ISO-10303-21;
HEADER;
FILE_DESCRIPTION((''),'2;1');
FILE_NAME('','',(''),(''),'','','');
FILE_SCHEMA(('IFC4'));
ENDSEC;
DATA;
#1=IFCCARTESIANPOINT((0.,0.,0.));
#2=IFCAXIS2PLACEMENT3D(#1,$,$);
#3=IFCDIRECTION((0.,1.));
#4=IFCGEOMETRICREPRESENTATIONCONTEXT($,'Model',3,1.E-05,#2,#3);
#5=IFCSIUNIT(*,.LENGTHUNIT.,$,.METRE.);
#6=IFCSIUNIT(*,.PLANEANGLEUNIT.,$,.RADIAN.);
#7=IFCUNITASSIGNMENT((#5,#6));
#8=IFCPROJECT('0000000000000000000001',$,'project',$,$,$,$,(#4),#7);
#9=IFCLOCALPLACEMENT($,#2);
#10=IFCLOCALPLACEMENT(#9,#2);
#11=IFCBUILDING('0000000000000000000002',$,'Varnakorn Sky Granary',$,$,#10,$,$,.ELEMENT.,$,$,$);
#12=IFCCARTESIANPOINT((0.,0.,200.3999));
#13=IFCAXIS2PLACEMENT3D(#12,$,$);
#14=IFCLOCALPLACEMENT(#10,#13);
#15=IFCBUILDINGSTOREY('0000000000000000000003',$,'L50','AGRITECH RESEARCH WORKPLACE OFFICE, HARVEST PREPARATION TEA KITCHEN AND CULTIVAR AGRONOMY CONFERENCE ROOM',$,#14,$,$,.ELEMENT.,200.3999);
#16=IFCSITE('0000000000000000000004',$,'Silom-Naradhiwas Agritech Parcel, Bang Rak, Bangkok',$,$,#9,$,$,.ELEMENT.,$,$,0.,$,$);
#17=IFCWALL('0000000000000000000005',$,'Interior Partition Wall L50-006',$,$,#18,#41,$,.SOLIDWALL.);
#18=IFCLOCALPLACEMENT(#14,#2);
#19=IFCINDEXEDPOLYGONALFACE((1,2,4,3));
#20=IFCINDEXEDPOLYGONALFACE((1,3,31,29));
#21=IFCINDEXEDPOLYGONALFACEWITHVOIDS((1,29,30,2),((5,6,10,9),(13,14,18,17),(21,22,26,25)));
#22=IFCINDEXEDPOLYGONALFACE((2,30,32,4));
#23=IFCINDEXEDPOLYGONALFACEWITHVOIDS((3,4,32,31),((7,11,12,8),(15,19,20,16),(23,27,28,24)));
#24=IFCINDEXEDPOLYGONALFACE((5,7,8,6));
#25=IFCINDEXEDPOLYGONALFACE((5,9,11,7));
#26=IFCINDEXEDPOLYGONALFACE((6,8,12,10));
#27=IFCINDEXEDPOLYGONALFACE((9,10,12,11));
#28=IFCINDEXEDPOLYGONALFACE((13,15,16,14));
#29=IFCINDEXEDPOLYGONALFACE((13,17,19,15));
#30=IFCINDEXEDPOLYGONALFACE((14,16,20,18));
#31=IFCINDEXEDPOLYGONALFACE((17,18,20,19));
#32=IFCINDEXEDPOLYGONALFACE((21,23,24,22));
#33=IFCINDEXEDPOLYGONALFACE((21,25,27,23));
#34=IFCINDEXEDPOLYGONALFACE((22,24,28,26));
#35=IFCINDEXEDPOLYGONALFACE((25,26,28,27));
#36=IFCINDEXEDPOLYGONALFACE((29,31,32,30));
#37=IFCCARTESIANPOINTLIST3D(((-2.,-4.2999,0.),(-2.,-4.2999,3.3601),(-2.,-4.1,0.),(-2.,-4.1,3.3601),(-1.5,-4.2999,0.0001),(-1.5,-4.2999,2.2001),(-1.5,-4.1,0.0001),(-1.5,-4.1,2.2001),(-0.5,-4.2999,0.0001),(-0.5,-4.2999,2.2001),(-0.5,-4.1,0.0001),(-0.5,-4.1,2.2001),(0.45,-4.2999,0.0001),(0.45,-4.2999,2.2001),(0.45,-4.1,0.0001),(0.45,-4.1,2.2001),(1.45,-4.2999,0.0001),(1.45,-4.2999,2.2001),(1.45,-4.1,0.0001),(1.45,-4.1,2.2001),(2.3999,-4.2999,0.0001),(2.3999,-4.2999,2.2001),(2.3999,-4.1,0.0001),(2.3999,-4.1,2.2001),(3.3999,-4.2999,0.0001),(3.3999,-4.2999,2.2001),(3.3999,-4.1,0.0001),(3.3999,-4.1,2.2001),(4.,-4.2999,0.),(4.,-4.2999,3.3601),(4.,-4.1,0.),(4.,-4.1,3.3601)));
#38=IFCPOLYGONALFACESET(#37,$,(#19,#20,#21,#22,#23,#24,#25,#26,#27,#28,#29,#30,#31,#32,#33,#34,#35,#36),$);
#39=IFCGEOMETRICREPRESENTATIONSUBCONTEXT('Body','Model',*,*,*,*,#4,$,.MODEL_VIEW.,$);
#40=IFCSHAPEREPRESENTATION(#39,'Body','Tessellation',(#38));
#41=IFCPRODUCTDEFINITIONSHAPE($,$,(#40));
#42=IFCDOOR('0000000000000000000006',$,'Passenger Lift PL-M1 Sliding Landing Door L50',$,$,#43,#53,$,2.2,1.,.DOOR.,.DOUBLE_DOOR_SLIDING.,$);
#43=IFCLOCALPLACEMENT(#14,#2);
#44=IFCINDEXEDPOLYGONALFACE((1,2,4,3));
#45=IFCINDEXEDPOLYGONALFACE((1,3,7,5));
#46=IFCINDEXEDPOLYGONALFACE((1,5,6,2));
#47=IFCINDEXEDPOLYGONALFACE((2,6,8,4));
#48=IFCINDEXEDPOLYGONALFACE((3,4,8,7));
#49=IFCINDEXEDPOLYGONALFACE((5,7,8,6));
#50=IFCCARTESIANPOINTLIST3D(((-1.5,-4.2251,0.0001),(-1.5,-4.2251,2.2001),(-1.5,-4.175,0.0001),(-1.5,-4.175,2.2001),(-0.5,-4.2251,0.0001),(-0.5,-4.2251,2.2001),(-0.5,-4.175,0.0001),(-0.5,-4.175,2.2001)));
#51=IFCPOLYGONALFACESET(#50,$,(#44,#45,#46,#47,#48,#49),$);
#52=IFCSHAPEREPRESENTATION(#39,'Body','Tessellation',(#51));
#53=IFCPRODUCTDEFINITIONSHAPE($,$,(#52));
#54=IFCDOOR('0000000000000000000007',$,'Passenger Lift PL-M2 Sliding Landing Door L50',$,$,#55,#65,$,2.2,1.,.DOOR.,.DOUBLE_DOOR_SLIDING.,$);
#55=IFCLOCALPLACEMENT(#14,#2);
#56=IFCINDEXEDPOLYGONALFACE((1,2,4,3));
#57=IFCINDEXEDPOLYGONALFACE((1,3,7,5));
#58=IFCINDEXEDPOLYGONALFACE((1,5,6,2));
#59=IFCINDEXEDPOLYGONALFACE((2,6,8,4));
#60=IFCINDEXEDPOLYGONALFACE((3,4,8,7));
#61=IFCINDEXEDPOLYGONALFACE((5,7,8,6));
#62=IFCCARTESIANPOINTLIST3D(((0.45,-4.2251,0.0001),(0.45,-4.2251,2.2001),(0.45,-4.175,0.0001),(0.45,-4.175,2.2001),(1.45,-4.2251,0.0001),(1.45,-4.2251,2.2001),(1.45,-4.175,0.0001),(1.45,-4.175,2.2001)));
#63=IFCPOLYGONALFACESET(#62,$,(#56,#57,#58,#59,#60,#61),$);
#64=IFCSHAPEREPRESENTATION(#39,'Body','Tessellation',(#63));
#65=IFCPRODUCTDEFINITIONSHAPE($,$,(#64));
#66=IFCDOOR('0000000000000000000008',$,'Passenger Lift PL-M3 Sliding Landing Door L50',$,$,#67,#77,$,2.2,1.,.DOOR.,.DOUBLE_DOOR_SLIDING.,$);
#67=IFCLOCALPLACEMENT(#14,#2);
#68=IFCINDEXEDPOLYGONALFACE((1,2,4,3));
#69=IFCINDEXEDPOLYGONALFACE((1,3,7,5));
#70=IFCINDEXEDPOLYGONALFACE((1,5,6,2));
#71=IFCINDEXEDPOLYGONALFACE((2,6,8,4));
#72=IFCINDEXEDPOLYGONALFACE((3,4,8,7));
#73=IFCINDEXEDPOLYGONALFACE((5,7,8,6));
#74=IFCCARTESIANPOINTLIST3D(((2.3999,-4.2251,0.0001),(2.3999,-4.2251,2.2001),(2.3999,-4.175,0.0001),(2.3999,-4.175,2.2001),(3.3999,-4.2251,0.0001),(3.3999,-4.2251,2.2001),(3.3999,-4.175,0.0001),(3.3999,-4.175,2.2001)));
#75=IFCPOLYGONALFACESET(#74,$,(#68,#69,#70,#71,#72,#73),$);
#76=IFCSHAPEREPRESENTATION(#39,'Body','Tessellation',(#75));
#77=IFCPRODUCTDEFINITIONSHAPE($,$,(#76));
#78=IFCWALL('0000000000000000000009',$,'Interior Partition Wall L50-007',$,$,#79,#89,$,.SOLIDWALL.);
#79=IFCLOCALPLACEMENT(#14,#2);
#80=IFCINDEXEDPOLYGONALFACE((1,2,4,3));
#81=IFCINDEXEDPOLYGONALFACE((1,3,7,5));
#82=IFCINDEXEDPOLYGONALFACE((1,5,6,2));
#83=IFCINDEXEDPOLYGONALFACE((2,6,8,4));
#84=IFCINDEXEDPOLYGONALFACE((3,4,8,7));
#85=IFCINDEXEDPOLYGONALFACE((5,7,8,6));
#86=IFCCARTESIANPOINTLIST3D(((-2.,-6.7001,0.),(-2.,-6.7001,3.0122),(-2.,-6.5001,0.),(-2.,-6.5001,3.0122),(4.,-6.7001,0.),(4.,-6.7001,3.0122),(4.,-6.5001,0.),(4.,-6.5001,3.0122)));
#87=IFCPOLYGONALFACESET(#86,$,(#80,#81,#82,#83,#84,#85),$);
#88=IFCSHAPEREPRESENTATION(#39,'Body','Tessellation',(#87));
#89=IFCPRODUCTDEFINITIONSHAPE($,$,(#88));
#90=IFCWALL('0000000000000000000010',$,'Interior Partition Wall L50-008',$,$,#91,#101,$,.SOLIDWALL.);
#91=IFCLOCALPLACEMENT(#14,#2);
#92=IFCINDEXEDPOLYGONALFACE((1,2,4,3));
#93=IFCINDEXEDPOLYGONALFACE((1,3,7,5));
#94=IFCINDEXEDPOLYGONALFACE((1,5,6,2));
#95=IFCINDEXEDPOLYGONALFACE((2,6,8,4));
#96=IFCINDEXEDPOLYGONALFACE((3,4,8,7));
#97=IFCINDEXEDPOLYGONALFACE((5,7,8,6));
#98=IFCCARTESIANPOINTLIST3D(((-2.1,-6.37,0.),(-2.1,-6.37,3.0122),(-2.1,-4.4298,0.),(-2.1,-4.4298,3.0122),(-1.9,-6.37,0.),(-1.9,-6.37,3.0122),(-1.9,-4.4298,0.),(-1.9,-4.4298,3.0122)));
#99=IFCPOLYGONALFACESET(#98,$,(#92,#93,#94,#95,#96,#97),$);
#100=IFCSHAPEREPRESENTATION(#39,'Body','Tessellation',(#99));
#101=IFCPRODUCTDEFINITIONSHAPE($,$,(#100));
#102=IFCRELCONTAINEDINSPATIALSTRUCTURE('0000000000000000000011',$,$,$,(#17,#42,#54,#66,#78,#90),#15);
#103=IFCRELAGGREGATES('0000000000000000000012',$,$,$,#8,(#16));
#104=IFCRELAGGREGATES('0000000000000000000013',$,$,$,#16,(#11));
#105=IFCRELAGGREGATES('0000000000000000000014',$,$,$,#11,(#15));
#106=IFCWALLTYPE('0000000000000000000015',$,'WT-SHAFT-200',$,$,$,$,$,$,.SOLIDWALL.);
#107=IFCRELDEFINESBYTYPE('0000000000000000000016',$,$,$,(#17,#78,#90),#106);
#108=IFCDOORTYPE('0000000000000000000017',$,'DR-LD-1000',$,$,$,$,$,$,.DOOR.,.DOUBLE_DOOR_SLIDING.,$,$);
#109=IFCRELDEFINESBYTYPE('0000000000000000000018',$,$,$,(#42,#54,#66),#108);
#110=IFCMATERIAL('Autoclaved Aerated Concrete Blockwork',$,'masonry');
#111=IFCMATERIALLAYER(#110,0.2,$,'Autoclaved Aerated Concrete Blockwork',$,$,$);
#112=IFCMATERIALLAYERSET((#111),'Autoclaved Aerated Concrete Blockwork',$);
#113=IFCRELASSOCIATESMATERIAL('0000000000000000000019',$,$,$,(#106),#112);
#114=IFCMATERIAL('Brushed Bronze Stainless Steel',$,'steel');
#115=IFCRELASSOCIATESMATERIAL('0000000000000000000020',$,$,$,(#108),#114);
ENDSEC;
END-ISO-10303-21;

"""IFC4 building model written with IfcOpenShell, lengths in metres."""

from ifc_helpers import new_model, si_unit, direction, frame, frame_2d, origin, place, context, subcontext, project, spatial, rectangle, extrude, material, layer, layer_set, type_object, element, fill, save


model = new_model("IFC4")

# Units and contexts
model_context = context("Model", 3, precision=1e-05, world=origin(), true_north=direction((0.0, 1.0)))
body_context = subcontext(model_context, "Body", "Model", "MODEL_VIEW")
ifc_project = project(units=[si_unit("LENGTHUNIT", "METRE"), si_unit("PLANEANGLEUNIT", "RADIAN")], contexts=[model_context])

# Site, building, storey
site_placement = place(None, origin())
site = spatial("IfcSite", under=ifc_project, at=site_placement, Name="Silom-Naradhiwas Agritech Parcel, Bang Rak, Bangkok", CompositionType="ELEMENT", RefElevation=0.0)
building_placement = place(site_placement, origin())
building = spatial("IfcBuilding", under=site, at=building_placement, Name="Varnakorn Sky Granary", CompositionType="ELEMENT")
storey_placement = place(building_placement, frame((0.0, 0.0, 200.3999)))
storey = spatial("IfcBuildingStorey", under=building, at=storey_placement, Name="L50", Description="AGRITECH RESEARCH WORKPLACE OFFICE, HARVEST PREPARATION TEA KITCHEN AND CULTIVAR AGRONOMY CONFERENCE ROOM", CompositionType="ELEMENT", Elevation=200.3999)

# Shared definitions
ifc_material_1 = material(Name="Autoclaved Aerated Concrete Blockwork", Category="masonry")

# Wall, openings, doors
ifc_layer_1 = layer(ifc_material_1, 0.2, Name="Autoclaved Aerated Concrete Blockwork")
ifc_layer_set_1 = layer_set([ifc_layer_1], Name="Autoclaved Aerated Concrete Blockwork")
wall_type_1 = type_object("IfcWallType", Name="WT-SHAFT-200", PredefinedType="SOLIDWALL", material=ifc_layer_set_1)
wall_1_placement = place(storey_placement, frame((-2.0, -4.2, 0.0), z_axis=(0.0, 0.0, 1.0), x_axis=(1.0, 0.0, 0.0)))
wall_1 = element("IfcWall", 1, at=wall_1_placement, inside=storey, type_object=wall_type_1, Name="Interior Partition Wall L50-006", PredefinedType="SOLIDWALL", context=body_context, shape_type="SweptSolid", body=[
    extrude(rectangle(XDim=6.0, YDim=0.2, at=frame_2d((3.0, 0.0))), origin(), (0.0, 0.0, 1.0), 3.3601),
])
opening_1_placement = place(wall_1_placement, frame((0.5, 0.0, 0.0)))
opening_1 = element("IfcOpeningElement", 2, at=opening_1_placement, cuts=wall_1, PredefinedType="OPENING", context=body_context, shape_type="SweptSolid", body=[
    extrude(rectangle(XDim=1.0, YDim=2.2, at=frame_2d((0.5, 1.1001))), frame((0.0, 0.1099, 0.0), z_axis=(0.0, -1.0, 0.0), x_axis=(1.0, 0.0, 0.0)), (0.0, 0.0, 1.0), 0.22),
])
opening_2_placement = place(wall_1_placement, frame((2.45, 0.0, 0.0)))
opening_2 = element("IfcOpeningElement", 3, at=opening_2_placement, cuts=wall_1, PredefinedType="OPENING", context=body_context, shape_type="SweptSolid", body=[
    extrude(rectangle(XDim=1.0, YDim=2.2, at=frame_2d((0.5, 1.1001))), frame((0.0, 0.1099, 0.0), z_axis=(0.0, -1.0, 0.0), x_axis=(1.0, 0.0, 0.0)), (0.0, 0.0, 1.0), 0.22),
])
opening_3_placement = place(wall_1_placement, frame((4.3999, 0.0, 0.0)))
opening_3 = element("IfcOpeningElement", 4, at=opening_3_placement, cuts=wall_1, PredefinedType="OPENING", context=body_context, shape_type="SweptSolid", body=[
    extrude(rectangle(XDim=1.0, YDim=2.2, at=frame_2d((0.5, 1.1001))), frame((0.0, 0.1099, 0.0), z_axis=(0.0, -1.0, 0.0), x_axis=(1.0, 0.0, 0.0)), (0.0, 0.0, 1.0), 0.22),
])
ifc_material_2 = material(Name="Brushed Bronze Stainless Steel", Category="steel")
door_type_1 = type_object("IfcDoorType", Name="DR-LD-1000", OperationType="DOUBLE_DOOR_SLIDING", PredefinedType="DOOR", material=ifc_material_2)
door_1_placement = place(opening_1_placement, origin())
door_1 = element("IfcDoor", 5, at=door_1_placement, inside=storey, type_object=door_type_1, Name="Passenger Lift PL-M1 Sliding Landing Door L50", OperationType="DOUBLE_DOOR_SLIDING", OverallHeight=2.2, OverallWidth=1.0, PredefinedType="DOOR", context=body_context, shape_type="SweptSolid", body=[
    extrude(rectangle(XDim=1.0, YDim=2.2, at=frame_2d((0.5, 1.1001))), frame((0.0, 0.0249, 0.0), z_axis=(0.0, -1.0, 0.0), x_axis=(1.0, 0.0, 0.0)), (0.0, 0.0, 1.0), 0.05),
])
fill(opening_1, door_1)
door_2_placement = place(opening_2_placement, origin())
door_2 = element("IfcDoor", 6, at=door_2_placement, inside=storey, type_object=door_type_1, Name="Passenger Lift PL-M2 Sliding Landing Door L50", OperationType="DOUBLE_DOOR_SLIDING", OverallHeight=2.2, OverallWidth=1.0, PredefinedType="DOOR", context=body_context, shape_type="SweptSolid", body=[
    extrude(rectangle(XDim=1.0, YDim=2.2, at=frame_2d((0.5, 1.1001))), frame((0.0, 0.0249, 0.0), z_axis=(0.0, -1.0, 0.0), x_axis=(1.0, 0.0, 0.0)), (0.0, 0.0, 1.0), 0.05),
])
fill(opening_2, door_2)
door_3_placement = place(opening_3_placement, origin())
door_3 = element("IfcDoor", 7, at=door_3_placement, inside=storey, type_object=door_type_1, Name="Passenger Lift PL-M3 Sliding Landing Door L50", OperationType="DOUBLE_DOOR_SLIDING", OverallHeight=2.2, OverallWidth=1.0, PredefinedType="DOOR", context=body_context, shape_type="SweptSolid", body=[
    extrude(rectangle(XDim=1.0, YDim=2.2, at=frame_2d((0.5, 1.1001))), frame((0.0, 0.0249, 0.0), z_axis=(0.0, -1.0, 0.0), x_axis=(1.0, 0.0, 0.0)), (0.0, 0.0, 1.0), 0.05),
])
fill(opening_3, door_3)

# Walls
wall_2_placement = place(storey_placement, frame((-2.0, -6.6001, 0.0), z_axis=(0.0, 0.0, 1.0), x_axis=(1.0, 0.0, 0.0)))
element("IfcWall", 8, at=wall_2_placement, inside=storey, type_object=wall_type_1, Name="Interior Partition Wall L50-007", PredefinedType="SOLIDWALL", context=body_context, shape_type="SweptSolid", body=[
    extrude(rectangle(XDim=6.0, YDim=0.2, at=frame_2d((3.0, 0.0))), origin(), (0.0, 0.0, 1.0), 3.0122),
])
wall_3_placement = place(storey_placement, frame((-2.0, -6.3701, 0.0), z_axis=(0.0, 0.0, 1.0), x_axis=(0.0, 1.0, 0.0)))
element("IfcWall", 9, at=wall_3_placement, inside=storey, type_object=wall_type_1, Name="Interior Partition Wall L50-008", PredefinedType="SOLIDWALL", context=body_context, shape_type="SweptSolid", body=[
    extrude(rectangle(XDim=1.9402, YDim=0.2, at=frame_2d((0.9702, 0.0))), origin(), (0.0, 0.0, 1.0), 3.0122),
])

save(model, "model.ifc")
